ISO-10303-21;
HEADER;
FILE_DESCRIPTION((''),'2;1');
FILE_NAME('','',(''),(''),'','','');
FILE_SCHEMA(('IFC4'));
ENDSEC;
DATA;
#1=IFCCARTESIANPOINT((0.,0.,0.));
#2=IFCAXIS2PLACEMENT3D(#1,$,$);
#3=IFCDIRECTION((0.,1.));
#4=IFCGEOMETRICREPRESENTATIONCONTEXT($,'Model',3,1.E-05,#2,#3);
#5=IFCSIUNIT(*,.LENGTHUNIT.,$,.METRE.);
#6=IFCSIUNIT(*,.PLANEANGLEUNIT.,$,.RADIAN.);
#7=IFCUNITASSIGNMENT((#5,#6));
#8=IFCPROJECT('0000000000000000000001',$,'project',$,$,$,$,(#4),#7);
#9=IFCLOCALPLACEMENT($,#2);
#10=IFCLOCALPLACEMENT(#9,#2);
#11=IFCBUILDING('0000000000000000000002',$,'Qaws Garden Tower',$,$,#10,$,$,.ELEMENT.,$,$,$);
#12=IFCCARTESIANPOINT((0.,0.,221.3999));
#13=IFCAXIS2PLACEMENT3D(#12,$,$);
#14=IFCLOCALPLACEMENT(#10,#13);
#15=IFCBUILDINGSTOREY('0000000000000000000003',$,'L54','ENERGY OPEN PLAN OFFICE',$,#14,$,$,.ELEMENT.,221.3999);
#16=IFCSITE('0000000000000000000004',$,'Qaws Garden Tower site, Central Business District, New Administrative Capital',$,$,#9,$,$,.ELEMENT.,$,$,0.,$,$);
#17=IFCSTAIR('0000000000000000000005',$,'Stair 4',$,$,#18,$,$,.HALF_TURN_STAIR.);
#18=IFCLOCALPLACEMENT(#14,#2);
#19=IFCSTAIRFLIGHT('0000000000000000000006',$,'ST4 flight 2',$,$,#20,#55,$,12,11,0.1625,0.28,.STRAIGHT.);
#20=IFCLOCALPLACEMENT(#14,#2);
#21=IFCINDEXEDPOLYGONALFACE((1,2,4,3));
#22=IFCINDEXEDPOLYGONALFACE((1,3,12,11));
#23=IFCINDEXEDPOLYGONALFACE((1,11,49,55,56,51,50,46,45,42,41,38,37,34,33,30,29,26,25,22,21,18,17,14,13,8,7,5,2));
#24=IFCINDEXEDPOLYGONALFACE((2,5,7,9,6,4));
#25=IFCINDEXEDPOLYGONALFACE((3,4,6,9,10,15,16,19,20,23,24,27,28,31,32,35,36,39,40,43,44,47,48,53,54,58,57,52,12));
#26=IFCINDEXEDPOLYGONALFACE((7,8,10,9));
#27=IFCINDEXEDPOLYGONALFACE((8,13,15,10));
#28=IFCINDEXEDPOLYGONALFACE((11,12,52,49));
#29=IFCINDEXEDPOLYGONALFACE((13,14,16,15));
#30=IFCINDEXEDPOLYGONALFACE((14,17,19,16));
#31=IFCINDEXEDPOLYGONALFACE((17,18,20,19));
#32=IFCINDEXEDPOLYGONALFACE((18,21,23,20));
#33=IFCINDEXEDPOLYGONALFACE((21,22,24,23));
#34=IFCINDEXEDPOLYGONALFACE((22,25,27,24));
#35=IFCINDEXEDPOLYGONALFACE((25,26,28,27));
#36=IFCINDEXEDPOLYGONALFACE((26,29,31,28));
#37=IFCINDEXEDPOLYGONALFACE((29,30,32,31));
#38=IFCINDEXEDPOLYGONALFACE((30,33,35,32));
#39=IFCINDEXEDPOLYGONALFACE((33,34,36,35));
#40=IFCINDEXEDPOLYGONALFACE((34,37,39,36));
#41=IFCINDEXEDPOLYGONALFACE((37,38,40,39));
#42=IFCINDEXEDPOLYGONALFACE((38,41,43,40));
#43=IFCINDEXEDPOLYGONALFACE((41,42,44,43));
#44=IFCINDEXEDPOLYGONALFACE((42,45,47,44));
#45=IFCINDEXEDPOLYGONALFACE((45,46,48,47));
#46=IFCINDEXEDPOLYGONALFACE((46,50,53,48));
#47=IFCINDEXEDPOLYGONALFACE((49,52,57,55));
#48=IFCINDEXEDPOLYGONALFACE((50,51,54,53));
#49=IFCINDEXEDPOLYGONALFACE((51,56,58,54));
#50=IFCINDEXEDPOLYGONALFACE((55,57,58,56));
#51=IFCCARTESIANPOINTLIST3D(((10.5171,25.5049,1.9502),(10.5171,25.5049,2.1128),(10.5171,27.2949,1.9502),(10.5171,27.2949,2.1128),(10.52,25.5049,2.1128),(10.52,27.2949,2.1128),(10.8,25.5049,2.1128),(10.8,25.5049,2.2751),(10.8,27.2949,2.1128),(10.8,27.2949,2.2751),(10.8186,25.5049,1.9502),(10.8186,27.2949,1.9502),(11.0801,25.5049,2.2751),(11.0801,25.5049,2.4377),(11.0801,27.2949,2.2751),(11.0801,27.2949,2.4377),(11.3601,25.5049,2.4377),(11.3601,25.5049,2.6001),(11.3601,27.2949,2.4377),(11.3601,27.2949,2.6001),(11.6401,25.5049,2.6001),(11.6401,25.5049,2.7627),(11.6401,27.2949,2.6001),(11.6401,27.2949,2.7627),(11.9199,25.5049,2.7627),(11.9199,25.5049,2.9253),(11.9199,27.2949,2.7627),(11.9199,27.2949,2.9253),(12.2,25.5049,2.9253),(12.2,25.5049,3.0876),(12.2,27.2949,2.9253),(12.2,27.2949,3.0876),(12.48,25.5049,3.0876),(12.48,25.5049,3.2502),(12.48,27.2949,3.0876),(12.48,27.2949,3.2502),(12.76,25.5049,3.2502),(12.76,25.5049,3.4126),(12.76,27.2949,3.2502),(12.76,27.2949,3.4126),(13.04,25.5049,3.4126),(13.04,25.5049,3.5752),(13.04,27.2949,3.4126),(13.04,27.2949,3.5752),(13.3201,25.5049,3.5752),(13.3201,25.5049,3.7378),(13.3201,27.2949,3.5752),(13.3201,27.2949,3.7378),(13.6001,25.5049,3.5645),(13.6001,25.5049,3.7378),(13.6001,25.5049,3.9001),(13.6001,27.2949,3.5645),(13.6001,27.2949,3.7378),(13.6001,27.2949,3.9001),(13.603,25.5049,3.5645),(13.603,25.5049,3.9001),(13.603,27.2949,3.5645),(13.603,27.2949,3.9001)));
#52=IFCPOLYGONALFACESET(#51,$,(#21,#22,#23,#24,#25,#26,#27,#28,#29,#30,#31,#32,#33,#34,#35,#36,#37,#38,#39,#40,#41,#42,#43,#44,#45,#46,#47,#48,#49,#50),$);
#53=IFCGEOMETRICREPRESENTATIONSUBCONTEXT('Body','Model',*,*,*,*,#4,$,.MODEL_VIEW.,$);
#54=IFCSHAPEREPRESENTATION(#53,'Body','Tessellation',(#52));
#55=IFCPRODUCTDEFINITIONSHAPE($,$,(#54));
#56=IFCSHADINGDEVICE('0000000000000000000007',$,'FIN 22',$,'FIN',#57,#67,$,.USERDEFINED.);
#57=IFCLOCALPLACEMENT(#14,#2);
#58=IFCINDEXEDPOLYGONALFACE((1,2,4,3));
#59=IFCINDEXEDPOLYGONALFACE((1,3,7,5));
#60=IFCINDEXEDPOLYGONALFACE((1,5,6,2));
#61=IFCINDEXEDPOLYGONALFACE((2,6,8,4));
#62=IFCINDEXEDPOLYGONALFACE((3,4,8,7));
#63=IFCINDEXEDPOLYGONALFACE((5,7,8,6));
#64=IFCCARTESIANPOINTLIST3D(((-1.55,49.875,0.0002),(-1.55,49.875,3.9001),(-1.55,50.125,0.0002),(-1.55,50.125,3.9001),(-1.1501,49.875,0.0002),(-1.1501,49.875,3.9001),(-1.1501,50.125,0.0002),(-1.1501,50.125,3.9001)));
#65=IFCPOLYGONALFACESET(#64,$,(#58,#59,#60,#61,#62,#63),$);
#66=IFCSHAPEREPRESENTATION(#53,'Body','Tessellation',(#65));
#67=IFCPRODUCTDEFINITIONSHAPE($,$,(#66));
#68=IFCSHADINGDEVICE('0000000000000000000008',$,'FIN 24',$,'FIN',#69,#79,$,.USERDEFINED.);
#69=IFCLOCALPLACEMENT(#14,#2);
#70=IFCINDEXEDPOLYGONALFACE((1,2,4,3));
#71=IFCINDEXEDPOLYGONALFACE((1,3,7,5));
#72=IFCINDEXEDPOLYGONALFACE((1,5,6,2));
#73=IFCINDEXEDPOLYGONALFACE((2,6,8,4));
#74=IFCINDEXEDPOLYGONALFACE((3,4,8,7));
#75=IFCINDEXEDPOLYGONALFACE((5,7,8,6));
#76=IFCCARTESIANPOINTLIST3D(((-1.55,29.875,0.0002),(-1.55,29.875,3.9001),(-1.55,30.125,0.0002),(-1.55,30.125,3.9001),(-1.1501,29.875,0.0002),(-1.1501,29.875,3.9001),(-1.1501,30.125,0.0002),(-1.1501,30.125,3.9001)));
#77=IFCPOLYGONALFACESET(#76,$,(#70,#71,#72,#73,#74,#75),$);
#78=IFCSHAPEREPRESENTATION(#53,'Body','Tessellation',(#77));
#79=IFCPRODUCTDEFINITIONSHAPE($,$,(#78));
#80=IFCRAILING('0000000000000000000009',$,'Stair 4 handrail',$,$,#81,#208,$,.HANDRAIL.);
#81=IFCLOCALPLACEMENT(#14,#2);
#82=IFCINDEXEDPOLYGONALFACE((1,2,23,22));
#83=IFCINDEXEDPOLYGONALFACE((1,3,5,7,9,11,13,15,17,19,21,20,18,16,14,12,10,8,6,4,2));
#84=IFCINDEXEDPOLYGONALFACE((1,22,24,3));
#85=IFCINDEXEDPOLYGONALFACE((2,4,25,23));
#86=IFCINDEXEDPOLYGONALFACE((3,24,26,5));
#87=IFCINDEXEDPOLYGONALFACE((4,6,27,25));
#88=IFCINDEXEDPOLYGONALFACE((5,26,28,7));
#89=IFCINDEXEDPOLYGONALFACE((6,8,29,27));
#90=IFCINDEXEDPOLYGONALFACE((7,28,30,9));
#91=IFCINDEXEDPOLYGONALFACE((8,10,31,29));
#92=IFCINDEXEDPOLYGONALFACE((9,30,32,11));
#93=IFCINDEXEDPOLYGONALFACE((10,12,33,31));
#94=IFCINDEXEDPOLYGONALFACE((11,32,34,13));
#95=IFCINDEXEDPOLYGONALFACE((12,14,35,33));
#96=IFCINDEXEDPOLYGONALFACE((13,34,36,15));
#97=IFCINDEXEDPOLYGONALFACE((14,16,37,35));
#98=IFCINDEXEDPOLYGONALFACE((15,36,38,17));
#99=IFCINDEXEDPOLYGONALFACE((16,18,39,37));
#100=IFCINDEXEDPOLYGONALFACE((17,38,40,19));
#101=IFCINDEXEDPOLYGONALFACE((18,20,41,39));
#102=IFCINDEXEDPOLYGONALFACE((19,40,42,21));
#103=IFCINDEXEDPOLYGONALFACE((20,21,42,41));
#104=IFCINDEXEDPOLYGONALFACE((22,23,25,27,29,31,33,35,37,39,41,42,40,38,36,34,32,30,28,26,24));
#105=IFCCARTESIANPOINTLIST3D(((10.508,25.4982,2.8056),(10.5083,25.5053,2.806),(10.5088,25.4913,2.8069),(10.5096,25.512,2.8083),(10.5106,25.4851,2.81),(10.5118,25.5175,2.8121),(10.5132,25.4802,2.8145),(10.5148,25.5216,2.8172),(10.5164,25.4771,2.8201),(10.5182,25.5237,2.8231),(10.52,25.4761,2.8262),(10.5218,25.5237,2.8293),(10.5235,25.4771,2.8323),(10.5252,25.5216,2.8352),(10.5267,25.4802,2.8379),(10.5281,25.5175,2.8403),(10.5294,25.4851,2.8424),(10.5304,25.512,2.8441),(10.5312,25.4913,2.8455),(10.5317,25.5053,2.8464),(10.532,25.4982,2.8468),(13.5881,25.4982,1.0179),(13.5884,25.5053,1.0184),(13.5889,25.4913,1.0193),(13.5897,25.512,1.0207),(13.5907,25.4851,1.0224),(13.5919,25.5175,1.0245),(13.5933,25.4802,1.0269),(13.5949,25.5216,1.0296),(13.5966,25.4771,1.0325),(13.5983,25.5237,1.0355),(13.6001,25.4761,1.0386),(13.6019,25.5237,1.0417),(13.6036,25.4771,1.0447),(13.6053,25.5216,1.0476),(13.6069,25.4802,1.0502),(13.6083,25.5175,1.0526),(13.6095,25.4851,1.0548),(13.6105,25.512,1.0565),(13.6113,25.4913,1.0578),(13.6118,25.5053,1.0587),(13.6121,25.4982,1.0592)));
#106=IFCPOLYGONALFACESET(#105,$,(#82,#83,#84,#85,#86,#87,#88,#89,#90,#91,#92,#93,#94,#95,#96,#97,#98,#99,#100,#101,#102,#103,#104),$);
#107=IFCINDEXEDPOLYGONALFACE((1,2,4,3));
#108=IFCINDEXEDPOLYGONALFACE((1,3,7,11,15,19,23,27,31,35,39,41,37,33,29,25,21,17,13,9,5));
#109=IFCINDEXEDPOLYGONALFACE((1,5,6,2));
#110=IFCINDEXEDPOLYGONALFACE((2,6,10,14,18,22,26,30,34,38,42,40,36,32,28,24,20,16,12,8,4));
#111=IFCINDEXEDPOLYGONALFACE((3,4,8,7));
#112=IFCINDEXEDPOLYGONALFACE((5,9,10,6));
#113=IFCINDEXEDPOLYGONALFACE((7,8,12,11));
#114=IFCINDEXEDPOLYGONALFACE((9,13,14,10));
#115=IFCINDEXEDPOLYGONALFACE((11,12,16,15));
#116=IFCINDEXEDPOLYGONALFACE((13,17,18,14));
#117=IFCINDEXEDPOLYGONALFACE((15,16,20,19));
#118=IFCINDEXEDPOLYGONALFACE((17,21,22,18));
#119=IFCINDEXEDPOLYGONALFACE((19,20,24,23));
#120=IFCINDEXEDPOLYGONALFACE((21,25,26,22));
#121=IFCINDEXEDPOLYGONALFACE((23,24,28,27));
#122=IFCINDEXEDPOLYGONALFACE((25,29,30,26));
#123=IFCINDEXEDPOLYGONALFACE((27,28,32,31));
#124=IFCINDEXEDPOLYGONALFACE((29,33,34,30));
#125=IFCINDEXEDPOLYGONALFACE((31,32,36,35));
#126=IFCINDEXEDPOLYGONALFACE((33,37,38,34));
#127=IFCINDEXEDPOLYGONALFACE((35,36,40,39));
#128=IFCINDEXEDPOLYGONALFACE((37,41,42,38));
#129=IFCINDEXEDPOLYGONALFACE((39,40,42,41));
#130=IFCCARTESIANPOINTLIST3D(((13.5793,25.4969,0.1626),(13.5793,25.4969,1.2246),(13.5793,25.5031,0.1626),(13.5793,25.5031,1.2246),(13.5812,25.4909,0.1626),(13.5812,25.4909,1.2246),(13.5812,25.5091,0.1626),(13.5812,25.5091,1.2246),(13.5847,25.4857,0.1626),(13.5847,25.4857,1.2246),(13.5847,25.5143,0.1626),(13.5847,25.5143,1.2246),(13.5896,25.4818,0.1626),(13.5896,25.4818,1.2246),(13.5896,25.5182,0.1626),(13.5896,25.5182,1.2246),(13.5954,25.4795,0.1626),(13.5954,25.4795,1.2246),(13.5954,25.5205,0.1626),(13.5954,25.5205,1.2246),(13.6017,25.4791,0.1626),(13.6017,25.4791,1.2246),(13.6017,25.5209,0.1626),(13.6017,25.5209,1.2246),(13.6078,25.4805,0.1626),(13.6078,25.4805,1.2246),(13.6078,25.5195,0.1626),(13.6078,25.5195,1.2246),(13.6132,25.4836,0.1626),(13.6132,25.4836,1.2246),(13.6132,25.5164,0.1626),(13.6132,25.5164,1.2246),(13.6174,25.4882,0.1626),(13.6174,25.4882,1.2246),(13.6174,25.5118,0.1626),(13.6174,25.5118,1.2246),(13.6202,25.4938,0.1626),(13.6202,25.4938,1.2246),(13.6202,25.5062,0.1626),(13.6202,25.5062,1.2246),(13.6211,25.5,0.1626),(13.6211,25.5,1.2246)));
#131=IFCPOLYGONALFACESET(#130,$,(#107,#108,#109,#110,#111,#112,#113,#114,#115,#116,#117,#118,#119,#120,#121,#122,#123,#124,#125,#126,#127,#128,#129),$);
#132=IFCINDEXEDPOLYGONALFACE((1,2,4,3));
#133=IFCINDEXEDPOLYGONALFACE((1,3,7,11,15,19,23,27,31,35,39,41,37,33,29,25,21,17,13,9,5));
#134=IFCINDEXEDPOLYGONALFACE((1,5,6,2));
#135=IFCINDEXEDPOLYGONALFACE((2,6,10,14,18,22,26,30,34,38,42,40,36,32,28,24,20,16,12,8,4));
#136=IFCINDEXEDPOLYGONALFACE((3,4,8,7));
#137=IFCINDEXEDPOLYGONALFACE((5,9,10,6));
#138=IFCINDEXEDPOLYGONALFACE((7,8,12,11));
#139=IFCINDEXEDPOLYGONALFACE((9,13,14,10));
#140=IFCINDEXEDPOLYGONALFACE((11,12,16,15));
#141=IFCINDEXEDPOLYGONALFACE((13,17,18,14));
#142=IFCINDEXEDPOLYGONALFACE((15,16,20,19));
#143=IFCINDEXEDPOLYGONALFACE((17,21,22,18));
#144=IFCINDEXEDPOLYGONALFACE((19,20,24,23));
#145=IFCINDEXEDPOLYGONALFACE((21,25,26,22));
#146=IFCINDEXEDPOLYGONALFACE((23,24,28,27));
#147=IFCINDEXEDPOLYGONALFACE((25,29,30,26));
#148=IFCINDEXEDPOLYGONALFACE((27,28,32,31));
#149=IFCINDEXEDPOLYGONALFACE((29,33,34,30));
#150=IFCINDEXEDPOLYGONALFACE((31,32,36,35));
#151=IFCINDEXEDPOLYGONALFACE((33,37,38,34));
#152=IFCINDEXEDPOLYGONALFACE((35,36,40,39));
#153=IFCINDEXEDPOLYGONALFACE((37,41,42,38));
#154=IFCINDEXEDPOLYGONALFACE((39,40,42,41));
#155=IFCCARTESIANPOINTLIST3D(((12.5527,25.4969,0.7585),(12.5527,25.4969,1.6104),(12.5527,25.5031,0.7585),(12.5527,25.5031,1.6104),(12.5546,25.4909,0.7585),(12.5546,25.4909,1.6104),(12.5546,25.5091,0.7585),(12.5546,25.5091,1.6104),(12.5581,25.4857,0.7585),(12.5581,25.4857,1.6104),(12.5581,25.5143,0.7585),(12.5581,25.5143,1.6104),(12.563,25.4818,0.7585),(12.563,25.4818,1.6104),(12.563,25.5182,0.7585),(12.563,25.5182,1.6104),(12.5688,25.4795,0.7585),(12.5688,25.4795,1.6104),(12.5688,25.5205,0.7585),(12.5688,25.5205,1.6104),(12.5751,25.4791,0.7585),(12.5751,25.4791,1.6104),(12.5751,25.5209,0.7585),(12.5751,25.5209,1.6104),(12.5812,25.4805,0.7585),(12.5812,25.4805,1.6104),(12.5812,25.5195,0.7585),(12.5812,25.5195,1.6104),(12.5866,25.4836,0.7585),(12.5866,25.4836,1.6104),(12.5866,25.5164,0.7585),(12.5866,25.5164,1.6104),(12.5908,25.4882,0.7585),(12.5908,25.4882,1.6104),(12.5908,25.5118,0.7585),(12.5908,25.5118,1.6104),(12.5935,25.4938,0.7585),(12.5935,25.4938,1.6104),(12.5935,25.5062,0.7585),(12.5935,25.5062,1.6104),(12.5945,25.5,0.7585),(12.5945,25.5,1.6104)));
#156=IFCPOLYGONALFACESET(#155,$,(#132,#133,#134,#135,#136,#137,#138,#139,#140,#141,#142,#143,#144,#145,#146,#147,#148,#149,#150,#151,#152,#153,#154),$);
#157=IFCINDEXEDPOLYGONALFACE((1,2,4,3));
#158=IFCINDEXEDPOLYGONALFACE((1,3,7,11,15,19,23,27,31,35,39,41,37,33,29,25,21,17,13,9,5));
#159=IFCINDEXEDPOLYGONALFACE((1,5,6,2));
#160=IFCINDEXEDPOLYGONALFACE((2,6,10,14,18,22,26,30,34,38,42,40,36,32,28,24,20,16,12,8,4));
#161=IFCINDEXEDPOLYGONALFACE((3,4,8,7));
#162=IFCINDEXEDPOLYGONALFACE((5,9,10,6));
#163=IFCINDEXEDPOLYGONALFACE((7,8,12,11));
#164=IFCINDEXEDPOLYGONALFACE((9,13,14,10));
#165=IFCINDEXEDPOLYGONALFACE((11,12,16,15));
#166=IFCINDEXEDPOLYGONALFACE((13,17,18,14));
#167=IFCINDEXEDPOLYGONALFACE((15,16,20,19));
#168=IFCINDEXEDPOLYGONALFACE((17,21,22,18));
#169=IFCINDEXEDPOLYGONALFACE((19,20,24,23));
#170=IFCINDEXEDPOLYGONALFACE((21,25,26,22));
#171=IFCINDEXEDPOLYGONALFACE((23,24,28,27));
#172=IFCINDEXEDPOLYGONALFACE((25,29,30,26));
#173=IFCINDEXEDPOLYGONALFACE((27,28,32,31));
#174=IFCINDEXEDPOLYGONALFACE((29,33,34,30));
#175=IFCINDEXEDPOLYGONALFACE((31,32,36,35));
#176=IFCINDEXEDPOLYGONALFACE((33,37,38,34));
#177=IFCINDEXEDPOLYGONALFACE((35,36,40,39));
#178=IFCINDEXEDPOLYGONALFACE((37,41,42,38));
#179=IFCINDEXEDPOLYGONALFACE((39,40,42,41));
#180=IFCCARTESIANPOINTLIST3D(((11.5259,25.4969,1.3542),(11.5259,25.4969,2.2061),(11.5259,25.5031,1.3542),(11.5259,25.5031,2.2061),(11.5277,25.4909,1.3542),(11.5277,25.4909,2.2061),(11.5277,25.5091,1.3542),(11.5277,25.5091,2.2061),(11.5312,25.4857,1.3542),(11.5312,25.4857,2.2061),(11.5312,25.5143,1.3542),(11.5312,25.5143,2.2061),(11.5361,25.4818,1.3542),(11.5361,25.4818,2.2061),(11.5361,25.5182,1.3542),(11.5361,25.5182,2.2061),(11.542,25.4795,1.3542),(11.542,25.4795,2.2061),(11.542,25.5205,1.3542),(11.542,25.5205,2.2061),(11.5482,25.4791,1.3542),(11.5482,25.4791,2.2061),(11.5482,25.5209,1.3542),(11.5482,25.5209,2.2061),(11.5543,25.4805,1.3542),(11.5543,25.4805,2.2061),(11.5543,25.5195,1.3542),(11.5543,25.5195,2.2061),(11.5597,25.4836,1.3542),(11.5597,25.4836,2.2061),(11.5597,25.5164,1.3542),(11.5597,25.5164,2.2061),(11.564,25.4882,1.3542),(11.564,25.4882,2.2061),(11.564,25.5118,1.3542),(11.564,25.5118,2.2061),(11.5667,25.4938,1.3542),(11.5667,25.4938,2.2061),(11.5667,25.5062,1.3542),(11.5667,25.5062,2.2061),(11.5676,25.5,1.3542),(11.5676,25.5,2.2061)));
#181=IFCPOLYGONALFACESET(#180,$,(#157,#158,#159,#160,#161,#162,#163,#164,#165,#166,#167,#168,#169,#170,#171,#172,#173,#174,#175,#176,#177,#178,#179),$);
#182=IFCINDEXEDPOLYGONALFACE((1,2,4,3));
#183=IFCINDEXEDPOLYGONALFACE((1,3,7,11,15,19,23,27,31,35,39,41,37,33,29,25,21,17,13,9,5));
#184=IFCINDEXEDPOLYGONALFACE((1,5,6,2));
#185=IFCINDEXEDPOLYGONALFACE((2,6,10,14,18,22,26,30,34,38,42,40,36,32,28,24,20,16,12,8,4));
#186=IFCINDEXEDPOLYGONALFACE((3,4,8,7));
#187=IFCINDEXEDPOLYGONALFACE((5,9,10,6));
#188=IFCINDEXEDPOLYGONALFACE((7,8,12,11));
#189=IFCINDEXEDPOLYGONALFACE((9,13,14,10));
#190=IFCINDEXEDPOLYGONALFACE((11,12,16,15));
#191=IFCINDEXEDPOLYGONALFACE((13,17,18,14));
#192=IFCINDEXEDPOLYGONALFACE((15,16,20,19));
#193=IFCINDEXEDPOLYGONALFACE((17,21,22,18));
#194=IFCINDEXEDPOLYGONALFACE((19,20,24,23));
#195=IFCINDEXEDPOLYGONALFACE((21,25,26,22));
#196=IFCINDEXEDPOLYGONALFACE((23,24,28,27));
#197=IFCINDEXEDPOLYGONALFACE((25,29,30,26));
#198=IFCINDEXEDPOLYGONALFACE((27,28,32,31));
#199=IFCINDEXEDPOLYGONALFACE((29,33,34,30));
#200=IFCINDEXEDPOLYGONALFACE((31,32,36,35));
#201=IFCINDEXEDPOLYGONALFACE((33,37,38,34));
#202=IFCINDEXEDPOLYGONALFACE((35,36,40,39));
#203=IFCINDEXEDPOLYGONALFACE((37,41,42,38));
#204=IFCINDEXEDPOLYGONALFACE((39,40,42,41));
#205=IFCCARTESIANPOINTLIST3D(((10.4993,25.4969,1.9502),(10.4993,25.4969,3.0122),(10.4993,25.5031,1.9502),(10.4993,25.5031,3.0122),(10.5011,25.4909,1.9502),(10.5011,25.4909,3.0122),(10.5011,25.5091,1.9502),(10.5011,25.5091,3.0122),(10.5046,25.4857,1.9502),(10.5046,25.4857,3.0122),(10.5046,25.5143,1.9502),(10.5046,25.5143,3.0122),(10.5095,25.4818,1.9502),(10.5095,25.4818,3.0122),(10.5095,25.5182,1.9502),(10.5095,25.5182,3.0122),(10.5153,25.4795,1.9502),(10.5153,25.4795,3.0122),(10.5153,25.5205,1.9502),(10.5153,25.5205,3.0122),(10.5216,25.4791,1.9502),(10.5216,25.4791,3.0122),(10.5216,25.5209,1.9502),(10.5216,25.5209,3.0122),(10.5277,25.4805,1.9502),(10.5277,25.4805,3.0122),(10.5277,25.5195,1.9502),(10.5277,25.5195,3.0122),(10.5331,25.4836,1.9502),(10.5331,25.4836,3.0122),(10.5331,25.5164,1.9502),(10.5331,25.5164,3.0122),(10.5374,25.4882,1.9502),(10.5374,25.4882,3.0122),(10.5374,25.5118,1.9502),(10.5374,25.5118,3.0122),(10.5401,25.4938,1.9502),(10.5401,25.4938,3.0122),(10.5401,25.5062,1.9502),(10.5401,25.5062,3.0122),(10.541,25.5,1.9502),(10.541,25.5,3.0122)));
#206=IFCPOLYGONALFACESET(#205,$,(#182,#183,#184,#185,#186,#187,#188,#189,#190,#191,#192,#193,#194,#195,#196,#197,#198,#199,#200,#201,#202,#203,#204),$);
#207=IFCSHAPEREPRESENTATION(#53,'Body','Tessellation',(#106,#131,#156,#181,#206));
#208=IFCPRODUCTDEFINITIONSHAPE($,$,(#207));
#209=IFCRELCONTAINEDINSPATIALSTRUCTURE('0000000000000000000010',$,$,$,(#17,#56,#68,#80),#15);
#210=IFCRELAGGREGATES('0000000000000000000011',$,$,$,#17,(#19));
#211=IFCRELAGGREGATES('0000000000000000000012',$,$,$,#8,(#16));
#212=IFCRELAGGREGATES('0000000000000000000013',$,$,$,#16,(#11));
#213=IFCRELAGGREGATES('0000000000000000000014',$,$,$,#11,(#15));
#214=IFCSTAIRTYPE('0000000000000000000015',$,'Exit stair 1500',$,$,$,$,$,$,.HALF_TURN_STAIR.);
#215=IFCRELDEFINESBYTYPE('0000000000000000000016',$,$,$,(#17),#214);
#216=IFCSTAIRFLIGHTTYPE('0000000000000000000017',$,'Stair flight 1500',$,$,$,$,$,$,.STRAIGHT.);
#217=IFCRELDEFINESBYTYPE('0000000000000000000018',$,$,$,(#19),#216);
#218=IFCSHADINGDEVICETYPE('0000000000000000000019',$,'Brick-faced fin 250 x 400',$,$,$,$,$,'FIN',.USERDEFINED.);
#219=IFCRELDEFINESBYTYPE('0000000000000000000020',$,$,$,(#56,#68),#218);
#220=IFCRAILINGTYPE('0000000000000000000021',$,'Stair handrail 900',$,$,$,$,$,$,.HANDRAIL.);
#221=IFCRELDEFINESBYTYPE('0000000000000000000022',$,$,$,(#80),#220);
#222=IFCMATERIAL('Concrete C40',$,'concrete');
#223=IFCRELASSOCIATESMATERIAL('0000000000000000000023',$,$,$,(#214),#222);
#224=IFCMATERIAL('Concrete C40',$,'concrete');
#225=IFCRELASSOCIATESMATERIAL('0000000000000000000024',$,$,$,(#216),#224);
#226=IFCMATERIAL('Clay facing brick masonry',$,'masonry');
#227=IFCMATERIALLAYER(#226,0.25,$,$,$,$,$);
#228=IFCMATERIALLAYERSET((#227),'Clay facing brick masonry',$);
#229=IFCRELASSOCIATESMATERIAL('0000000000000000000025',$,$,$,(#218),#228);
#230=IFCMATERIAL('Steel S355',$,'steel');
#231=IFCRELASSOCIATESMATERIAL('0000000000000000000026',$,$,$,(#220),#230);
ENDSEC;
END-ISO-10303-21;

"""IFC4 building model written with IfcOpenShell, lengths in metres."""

from ifc_helpers import new_model, si_unit, direction, frame, origin, origin_2d, place, context, subcontext, project, spatial, polyline, rectangle, circle, outline, extrude, material, layer, layer_set, type_object, element, aggregate, save


model = new_model("IFC4")

# Units and contexts
model_context = context("Model", 3, precision=1e-05, world=origin(), true_north=direction((0.0, 1.0)))
body_context = subcontext(model_context, "Body", "Model", "MODEL_VIEW")
ifc_project = project(units=[si_unit("LENGTHUNIT", "METRE"), si_unit("PLANEANGLEUNIT", "RADIAN")], contexts=[model_context])

# Site, building, storey
site_placement = place(None, origin())
site = spatial("IfcSite", under=ifc_project, at=site_placement, Name="Qaws Garden Tower site, Central Business District, New Administrative Capital", CompositionType="ELEMENT", RefElevation=0.0)
building_placement = place(site_placement, origin())
building = spatial("IfcBuilding", under=site, at=building_placement, Name="Qaws Garden Tower", CompositionType="ELEMENT")
storey_placement = place(building_placement, frame((0.0, 0.0, 221.3999)))
storey = spatial("IfcBuildingStorey", under=building, at=storey_placement, Name="L54", Description="ENERGY OPEN PLAN OFFICE", CompositionType="ELEMENT", Elevation=221.3999)

# Stair, stair flight
ifc_material_1 = material(Name="Concrete C40", Category="concrete")
stair_type = type_object("IfcStairType", Name="Exit stair 1500", PredefinedType="HALF_TURN_STAIR", material=ifc_material_1)
stair_placement = place(storey_placement, origin())
stair = element("IfcStair", 1, at=stair_placement, inside=storey, type_object=stair_type, Name="Stair 4", PredefinedType="HALF_TURN_STAIR")
ifc_material_2 = material(Name="Concrete C40", Category="concrete")
stair_flight_type = type_object("IfcStairFlightType", Name="Stair flight 1500", PredefinedType="STRAIGHT", material=ifc_material_2)
stair_flight_placement = place(storey_placement, frame((10.52, 26.3999, 1.9502), z_axis=(0.0, 0.0, 1.0), x_axis=(1.0, 0.0, 0.0)))
stair_flight = element("IfcStairFlight", 2, at=stair_flight_placement, type_object=stair_flight_type, Name="ST4 flight 2", NumberOfRisers=12, NumberOfTreads=11, PredefinedType="STRAIGHT", RiserHeight=0.1625, TreadLength=0.28, context=body_context, shape_type="SweptSolid", body=[
    extrude(outline(polyline([(-0.0029, 0.0), (-0.0029, 0.1626), (0.0, 0.1626), (0.28, 0.1626), (0.28, 0.325), (0.5601, 0.325), (0.5601, 0.4875), (0.8401, 0.4875), (0.8401, 0.6499), (1.1201, 0.6499), (1.1201, 0.8125), (1.3999, 0.8125), (1.3999, 0.9751), (1.6799, 0.9751), (1.6799, 1.1375), (1.96, 1.1375), (1.96, 1.3), (2.24, 1.3), (2.24, 1.4624), (2.52, 1.4624), (2.52, 1.625), (2.8, 1.625), (2.8, 1.7876), (3.0801, 1.7876), (3.0801, 1.95), (3.083, 1.95), (3.083, 1.6143), (3.0801, 1.6143), (0.2986, 0.0), (-0.0029, 0.0)])), frame((0.0, 0.895, 0.0), z_axis=(0.0, -1.0, 0.0), x_axis=(1.0, 0.0, 0.0)), (0.0, 0.0, 1.0), 1.79),
])
aggregate(stair, [stair_flight])

# Shading devices
ifc_material_3 = material(Name="Clay facing brick masonry", Category="masonry")
ifc_layer_1 = layer(ifc_material_3, 0.25)
ifc_layer_set_1 = layer_set([ifc_layer_1], Name="Clay facing brick masonry")
shading_device_type = type_object("IfcShadingDeviceType", Name="Brick-faced fin 250 x 400", ElementType="FIN", PredefinedType="USERDEFINED", material=ifc_layer_set_1)
for number, where, z_axis, x_axis, name in (
    (3, (-1.3501, 50.0, 0.0002), (0.0, 0.0, 1.0), (0.0, -1.0, 0.0), "FIN 22"),
    (4, (-1.3501, 30.0, 0.0002), (0.0, 0.0, 1.0), (0.0, -1.0, 0.0), "FIN 24"),
):
    element("IfcShadingDevice", number, at=place(storey_placement, frame(where, z_axis=z_axis, x_axis=x_axis)), inside=storey, type_object=shading_device_type, Name=name, ObjectType="FIN", PredefinedType="USERDEFINED", context=body_context, shape_type="SweptSolid", body=[
        extrude(rectangle(XDim=0.25, YDim=0.3999, at=origin_2d()), origin(), (0.0, 0.0, 1.0), 3.8999),
    ])

# Railing
ifc_material_4 = material(Name="Steel S355", Category="steel")
railing_type = type_object("IfcRailingType", Name="Stair handrail 900", PredefinedType="HANDRAIL", material=ifc_material_4)
railing_placement = place(storey_placement, frame((13.6001, 25.5, 0.1626)))
element("IfcRailing", 5, at=railing_placement, inside=storey, type_object=railing_type, Name="Stair 4 handrail", PredefinedType="HANDRAIL", context=body_context, shape_type="SweptSolid", body=[
    extrude(circle(Radius=0.0239, at=origin_2d()), frame((0.0, 0.0, 0.876), z_axis=(-0.864891, 0.0, 0.50196), x_axis=(0.0, -1.0, 0.0)), (0.0, 0.0, 1.0), 3.5613),
    extrude(circle(Radius=0.021, at=origin_2d()), origin(), (0.0, 0.0, 1.0), 1.062),
    extrude(circle(Radius=0.021, at=origin_2d()), frame((-1.0266, 0.0, 0.5959)), (0.0, 0.0, 1.0), 0.8518),
    extrude(circle(Radius=0.021, at=origin_2d()), frame((-2.0535, 0.0, 1.1917)), (0.0, 0.0, 1.0), 0.8518),
    extrude(circle(Radius=0.021, at=origin_2d()), frame((-3.0801, 0.0, 1.7876)), (0.0, 0.0, 1.0), 1.062),
])

save(model, "model.ifc")
